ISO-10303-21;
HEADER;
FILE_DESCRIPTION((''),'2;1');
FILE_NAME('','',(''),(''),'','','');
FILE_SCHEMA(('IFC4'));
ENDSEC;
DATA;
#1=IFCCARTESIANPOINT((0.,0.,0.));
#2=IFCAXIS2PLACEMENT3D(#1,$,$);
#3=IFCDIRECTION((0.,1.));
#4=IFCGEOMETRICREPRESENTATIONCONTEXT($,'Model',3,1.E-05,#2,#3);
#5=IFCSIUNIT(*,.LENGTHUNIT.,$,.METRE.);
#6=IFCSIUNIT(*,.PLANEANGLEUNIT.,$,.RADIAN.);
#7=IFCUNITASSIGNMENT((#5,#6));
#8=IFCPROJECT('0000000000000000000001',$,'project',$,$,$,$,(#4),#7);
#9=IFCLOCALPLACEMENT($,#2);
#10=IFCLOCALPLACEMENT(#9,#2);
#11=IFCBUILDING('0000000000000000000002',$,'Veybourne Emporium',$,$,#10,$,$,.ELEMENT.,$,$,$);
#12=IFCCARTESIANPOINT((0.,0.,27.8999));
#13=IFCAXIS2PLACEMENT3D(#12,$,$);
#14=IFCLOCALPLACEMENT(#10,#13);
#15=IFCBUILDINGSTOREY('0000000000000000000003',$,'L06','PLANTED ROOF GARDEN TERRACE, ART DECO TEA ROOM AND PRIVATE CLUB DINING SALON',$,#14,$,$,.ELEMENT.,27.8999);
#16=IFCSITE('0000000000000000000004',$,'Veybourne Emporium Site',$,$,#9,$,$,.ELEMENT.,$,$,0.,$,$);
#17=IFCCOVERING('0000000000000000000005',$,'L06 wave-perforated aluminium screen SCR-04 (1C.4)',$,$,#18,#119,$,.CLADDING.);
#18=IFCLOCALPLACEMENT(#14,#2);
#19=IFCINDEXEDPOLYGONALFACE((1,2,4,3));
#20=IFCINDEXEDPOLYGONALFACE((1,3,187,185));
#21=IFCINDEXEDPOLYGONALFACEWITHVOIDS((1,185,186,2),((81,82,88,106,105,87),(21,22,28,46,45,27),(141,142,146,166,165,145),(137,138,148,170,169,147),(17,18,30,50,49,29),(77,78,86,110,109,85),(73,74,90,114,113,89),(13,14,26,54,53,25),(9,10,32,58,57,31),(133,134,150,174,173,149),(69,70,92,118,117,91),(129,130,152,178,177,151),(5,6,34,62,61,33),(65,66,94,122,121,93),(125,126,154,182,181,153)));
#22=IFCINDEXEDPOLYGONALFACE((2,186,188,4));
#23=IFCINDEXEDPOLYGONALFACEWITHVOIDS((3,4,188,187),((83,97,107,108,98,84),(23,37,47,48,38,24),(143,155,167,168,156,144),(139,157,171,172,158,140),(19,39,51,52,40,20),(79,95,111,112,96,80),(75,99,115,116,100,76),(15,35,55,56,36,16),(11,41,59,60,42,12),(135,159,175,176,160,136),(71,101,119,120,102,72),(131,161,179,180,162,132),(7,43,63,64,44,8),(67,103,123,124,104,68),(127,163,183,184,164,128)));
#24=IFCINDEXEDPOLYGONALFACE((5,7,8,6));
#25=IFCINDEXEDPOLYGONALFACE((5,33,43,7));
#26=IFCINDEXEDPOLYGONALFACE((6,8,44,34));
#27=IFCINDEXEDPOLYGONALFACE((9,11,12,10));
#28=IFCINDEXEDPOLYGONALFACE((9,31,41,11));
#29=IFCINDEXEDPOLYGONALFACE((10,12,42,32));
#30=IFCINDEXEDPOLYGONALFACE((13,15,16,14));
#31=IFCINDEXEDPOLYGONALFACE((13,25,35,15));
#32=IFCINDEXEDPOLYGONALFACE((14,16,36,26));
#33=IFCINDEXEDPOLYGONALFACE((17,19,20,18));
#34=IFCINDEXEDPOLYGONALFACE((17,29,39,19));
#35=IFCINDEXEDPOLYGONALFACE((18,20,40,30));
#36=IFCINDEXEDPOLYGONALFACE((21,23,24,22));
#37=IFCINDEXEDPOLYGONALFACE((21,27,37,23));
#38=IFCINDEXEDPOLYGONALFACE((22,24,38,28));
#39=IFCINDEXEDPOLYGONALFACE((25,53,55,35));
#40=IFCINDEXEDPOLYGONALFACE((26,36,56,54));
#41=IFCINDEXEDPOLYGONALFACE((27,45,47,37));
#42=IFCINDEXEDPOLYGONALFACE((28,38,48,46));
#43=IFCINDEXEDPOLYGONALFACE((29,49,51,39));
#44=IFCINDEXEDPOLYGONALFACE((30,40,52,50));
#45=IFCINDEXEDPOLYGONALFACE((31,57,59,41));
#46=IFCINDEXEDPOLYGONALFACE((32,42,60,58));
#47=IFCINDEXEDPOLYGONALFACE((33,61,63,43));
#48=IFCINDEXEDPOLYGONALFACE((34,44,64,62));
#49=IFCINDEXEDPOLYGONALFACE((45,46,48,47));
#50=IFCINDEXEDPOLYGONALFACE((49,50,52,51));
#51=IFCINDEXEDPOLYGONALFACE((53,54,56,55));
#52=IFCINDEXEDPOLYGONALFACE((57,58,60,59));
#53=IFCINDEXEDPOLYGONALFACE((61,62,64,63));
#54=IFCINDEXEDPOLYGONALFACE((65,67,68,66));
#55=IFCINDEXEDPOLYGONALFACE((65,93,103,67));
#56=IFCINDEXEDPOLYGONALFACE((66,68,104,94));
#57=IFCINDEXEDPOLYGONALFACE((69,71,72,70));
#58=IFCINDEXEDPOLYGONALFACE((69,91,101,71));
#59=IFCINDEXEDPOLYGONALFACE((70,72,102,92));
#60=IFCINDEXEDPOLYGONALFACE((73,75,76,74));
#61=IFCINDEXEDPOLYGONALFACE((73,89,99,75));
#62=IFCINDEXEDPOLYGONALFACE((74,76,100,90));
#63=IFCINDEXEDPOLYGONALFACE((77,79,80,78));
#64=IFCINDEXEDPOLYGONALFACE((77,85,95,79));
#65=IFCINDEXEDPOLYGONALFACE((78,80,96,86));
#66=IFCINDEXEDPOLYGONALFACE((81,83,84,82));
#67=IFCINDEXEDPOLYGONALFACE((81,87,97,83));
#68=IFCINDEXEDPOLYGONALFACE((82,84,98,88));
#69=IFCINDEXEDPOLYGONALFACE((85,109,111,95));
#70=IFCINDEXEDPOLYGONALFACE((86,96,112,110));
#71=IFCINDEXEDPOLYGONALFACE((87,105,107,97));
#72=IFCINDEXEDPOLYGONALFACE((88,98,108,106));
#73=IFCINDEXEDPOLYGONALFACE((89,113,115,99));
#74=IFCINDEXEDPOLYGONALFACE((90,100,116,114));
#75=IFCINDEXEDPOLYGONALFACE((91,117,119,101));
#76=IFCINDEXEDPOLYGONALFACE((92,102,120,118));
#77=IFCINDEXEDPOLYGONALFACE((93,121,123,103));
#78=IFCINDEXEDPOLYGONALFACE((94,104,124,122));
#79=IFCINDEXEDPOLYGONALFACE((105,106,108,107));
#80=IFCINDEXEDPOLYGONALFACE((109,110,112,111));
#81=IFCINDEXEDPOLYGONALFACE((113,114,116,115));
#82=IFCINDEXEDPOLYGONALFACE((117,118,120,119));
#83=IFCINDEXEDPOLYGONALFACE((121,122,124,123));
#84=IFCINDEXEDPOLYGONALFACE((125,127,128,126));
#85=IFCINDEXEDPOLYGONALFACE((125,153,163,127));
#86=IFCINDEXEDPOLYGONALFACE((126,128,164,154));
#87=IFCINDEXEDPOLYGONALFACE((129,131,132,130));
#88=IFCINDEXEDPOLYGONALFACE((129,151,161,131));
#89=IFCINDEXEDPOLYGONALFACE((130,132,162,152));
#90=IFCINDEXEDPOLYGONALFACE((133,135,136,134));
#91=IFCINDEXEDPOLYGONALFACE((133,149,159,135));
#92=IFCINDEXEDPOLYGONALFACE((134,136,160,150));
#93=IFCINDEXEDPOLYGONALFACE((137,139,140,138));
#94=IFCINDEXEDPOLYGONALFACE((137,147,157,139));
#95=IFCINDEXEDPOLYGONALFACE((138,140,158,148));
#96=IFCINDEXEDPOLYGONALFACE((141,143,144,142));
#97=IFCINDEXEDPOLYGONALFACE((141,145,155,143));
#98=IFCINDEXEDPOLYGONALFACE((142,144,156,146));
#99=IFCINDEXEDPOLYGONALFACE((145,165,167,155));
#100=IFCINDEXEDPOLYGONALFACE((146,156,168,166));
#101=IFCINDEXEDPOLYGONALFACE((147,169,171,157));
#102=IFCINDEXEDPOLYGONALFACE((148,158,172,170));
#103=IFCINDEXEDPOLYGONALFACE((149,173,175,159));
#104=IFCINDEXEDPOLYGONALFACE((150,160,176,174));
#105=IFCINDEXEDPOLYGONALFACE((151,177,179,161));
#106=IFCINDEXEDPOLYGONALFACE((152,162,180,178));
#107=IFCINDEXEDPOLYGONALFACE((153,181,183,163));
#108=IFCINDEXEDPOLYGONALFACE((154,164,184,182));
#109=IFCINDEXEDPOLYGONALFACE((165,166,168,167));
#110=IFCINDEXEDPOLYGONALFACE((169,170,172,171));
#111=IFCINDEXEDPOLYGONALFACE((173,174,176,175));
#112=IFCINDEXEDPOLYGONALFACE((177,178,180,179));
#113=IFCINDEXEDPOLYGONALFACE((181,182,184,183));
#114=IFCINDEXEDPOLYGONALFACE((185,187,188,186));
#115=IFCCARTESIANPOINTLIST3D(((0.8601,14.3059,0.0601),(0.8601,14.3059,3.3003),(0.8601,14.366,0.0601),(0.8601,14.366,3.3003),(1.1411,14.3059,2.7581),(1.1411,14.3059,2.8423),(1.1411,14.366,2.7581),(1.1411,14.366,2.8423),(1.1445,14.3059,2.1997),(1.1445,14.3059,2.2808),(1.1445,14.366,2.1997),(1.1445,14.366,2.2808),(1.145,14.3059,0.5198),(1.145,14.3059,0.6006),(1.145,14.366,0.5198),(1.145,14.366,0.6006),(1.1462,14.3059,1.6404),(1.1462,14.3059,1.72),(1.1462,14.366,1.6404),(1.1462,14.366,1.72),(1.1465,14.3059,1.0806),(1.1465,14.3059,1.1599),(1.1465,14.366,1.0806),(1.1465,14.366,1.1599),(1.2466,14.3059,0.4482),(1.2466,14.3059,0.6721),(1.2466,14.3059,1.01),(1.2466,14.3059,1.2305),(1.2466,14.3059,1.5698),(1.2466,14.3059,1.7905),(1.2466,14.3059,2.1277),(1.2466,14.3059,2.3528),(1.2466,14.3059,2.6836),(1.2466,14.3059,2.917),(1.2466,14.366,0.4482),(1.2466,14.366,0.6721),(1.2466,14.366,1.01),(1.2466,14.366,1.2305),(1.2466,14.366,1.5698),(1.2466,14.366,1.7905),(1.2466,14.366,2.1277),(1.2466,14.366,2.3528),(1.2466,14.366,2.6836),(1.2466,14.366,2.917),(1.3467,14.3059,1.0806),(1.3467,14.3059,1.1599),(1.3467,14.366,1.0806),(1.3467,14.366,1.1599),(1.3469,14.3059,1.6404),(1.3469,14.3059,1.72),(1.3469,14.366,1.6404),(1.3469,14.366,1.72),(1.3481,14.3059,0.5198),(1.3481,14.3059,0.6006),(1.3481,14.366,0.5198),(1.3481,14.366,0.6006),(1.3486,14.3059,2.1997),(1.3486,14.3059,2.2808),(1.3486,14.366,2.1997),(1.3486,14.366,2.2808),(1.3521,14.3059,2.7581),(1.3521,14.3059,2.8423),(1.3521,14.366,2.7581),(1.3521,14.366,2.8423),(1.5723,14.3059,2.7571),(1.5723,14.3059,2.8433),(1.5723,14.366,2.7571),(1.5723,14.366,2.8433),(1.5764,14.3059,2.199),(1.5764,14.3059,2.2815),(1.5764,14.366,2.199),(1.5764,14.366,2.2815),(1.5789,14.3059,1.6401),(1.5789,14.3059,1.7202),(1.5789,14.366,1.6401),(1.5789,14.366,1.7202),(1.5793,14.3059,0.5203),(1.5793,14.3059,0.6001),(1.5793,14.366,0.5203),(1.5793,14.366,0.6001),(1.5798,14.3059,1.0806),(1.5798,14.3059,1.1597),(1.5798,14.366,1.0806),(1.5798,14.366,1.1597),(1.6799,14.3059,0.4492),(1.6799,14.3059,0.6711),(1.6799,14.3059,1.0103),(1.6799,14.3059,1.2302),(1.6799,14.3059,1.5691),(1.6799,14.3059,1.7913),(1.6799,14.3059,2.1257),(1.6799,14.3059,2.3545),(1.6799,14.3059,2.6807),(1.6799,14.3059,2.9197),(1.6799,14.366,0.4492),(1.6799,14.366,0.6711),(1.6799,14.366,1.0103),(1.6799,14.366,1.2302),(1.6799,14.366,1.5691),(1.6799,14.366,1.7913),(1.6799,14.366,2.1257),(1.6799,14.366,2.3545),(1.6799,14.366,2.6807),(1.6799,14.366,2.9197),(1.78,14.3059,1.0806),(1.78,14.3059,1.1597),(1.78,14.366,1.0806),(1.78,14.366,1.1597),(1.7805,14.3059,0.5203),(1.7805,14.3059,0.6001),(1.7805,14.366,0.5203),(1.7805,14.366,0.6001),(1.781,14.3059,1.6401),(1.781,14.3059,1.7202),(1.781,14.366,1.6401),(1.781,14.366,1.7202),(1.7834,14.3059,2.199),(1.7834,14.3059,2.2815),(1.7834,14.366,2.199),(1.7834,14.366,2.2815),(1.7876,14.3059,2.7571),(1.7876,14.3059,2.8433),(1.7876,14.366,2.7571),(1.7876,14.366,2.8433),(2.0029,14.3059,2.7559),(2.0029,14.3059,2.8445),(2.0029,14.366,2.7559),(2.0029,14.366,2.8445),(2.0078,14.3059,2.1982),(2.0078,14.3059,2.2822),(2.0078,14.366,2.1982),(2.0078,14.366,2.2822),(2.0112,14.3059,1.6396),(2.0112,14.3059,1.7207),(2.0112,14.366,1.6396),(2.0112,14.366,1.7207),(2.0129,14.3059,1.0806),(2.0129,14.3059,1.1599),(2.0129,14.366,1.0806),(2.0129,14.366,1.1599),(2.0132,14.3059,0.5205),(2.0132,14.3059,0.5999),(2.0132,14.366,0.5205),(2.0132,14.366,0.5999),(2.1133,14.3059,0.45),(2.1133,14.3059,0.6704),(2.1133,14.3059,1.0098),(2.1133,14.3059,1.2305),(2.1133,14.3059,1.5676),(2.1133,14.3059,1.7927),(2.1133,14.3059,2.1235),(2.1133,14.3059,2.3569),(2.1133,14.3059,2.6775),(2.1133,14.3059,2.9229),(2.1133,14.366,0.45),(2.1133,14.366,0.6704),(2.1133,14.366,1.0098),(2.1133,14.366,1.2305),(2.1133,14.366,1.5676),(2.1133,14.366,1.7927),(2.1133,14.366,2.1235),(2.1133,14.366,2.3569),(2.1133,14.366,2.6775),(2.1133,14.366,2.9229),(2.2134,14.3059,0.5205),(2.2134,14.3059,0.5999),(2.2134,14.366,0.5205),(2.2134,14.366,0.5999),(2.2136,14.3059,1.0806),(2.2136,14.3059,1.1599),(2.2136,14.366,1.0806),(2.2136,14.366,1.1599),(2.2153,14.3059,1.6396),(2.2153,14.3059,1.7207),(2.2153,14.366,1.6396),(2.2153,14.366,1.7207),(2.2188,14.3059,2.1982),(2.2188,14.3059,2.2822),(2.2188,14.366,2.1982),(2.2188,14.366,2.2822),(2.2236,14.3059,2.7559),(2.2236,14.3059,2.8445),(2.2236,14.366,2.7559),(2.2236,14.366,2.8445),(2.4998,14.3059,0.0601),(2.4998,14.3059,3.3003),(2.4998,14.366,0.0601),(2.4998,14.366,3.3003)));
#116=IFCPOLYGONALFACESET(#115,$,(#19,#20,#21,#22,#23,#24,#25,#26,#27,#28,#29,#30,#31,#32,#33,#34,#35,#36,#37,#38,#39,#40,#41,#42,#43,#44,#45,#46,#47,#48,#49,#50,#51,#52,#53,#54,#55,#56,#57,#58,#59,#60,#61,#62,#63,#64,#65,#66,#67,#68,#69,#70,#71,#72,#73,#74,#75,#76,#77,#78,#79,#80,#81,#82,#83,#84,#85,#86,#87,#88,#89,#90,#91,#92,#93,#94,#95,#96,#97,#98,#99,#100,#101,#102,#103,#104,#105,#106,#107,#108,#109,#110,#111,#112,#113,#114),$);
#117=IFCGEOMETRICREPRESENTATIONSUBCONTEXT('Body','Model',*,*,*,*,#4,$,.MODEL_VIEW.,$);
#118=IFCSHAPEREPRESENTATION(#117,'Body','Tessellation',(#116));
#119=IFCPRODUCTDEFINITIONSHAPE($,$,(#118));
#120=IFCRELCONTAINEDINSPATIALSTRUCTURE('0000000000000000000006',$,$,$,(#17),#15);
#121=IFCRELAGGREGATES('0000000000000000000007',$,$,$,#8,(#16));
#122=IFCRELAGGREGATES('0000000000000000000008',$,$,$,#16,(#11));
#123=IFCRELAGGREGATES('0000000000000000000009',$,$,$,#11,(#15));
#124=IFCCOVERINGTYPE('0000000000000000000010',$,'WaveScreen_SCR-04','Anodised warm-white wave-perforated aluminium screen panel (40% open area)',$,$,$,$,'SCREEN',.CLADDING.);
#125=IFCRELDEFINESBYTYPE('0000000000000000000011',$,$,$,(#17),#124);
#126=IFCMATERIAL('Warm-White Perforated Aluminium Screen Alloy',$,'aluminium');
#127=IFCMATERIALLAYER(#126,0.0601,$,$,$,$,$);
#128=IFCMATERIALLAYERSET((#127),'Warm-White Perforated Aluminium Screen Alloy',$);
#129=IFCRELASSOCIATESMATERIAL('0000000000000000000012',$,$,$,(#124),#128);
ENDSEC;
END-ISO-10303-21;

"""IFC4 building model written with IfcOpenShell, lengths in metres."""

from ifc_helpers import new_model, si_unit, direction, frame, origin, place, context, subcontext, project, spatial, polyline, outline, extrude, material, layer, layer_set, type_object, element, save


model = new_model("IFC4")

# Units and contexts
model_context = context("Model", 3, precision=1e-05, world=origin(), true_north=direction((0.0, 1.0)))
body_context = subcontext(model_context, "Body", "Model", "MODEL_VIEW")
ifc_project = project(units=[si_unit("LENGTHUNIT", "METRE"), si_unit("PLANEANGLEUNIT", "RADIAN")], contexts=[model_context])

# Site, building, storey
site_placement = place(None, origin())
site = spatial("IfcSite", under=ifc_project, at=site_placement, Name="Veybourne Emporium Site", CompositionType="ELEMENT", RefElevation=0.0)
building_placement = place(site_placement, origin())
building = spatial("IfcBuilding", under=site, at=building_placement, Name="Veybourne Emporium", CompositionType="ELEMENT")
storey_placement = place(building_placement, frame((0.0, 0.0, 27.8999)))
storey = spatial("IfcBuildingStorey", under=building, at=storey_placement, Name="L06", Description="PLANTED ROOF GARDEN TERRACE, ART DECO TEA ROOM AND PRIVATE CLUB DINING SALON", CompositionType="ELEMENT", Elevation=27.8999)

# Covering
ifc_material_1 = material(Name="Warm-White Perforated Aluminium Screen Alloy", Category="aluminium")
ifc_layer_1 = layer(ifc_material_1, 0.0601)
ifc_layer_set_1 = layer_set([ifc_layer_1], Name="Warm-White Perforated Aluminium Screen Alloy")
covering_type_1 = type_object("IfcCoveringType", Name="WaveScreen_SCR-04", Description="Anodised warm-white wave-perforated aluminium screen panel (40% open area)", ElementType="SCREEN", PredefinedType="CLADDING", material=ifc_layer_set_1)
covering_1_placement = place(storey_placement, frame((1.6799, 14.3059, 1.6802), z_axis=(0.0, 1.0, 0.0), x_axis=(-1.0, 0.0, 0.0)))
element("IfcCovering", 1, at=covering_1_placement, inside=storey, type_object=covering_type_1, Name="L06 wave-perforated aluminium screen SCR-04 (1C.4)", PredefinedType="CLADDING", context=body_context, shape_type="SweptSolid", body=[
    extrude(outline(polyline([(-0.8198, -1.6201), (0.8198, -1.6201), (0.8198, 1.6201), (-0.8198, 1.6201), (-0.8198, -1.6201)]), holes=[polyline([(-0.4333, -1.0098), (-0.3333, -1.0803), (-0.3333, -1.1597), (-0.4333, -1.2302), (-0.5334, -1.1597), (-0.5334, -1.0803), (-0.4333, -1.0098)]), polyline([(-0.4333, -0.4497), (-0.333, -0.5203), (-0.333, -0.5996), (-0.4333, -0.6704), (-0.5337, -0.5996), (-0.5337, -0.5203), (-0.4333, -0.4497)]), polyline([(-0.4333, 0.1125), (-0.3313, 0.0405), (-0.3313, -0.0405), (-0.4333, -0.1125), (-0.5354, -0.0405), (-0.5354, 0.0405), (-0.4333, 0.1125)]), polyline([(-0.4333, 0.6768), (-0.3279, 0.6021), (-0.3279, 0.5181), (-0.4333, 0.4434), (-0.5388, 0.5181), (-0.5388, 0.6021), (-0.4333, 0.6768)]), polyline([(-0.4333, 1.2427), (-0.323, 1.1643), (-0.323, 1.0757), (-0.4333, 0.9973), (-0.5437, 1.0757), (-0.5437, 1.1643), (-0.4333, 1.2427)]), polyline([(0.0, -1.009), (0.1006, -1.0801), (0.1006, -1.1599), (0.0, -1.231), (-0.1006, -1.1599), (-0.1006, -1.0801), (0.0, -1.009)]), polyline([(0.0, -0.45), (0.1001, -0.5205), (0.1001, -0.5996), (0.0, -0.6699), (-0.1001, -0.5996), (-0.1001, -0.5205), (0.0, -0.45)]), polyline([(0.0, 0.1111), (0.1011, 0.04), (0.1011, -0.04), (0.0, -0.1111), (-0.1011, -0.04), (-0.1011, 0.04), (0.0, 0.1111)]), polyline([(0.0, 0.6743), (0.1035, 0.6013), (0.1035, 0.5188), (0.0, 0.4456), (-0.1035, 0.5188), (-0.1035, 0.6013), (0.0, 0.6743)]), polyline([(0.0, 1.2395), (0.1077, 1.1631), (0.1077, 1.0769), (0.0, 1.0005), (-0.1077, 1.0769), (-0.1077, 1.1631), (0.0, 1.2395)]), polyline([(0.4333, -1.0081), (0.5349, -1.0796), (0.5349, -1.1604), (0.4333, -1.2319), (0.3318, -1.1604), (0.3318, -1.0796), (0.4333, -1.0081)]), polyline([(0.4333, -0.4497), (0.5334, -0.5203), (0.5334, -0.5996), (0.4333, -0.6702), (0.3333, -0.5996), (0.3333, -0.5203), (0.4333, -0.4497)]), polyline([(0.4333, 0.1104), (0.5337, 0.0398), (0.5337, -0.0398), (0.4333, -0.1104), (0.333, -0.0398), (0.333, 0.0398), (0.4333, 0.1104)]), polyline([(0.4333, 0.6726), (0.5354, 0.6006), (0.5354, 0.5195), (0.4333, 0.4475), (0.3313, 0.5195), (0.3313, 0.6006), (0.4333, 0.6726)]), polyline([(0.4333, 1.2368), (0.5388, 1.1621), (0.5388, 1.0779), (0.4333, 1.0034), (0.3279, 1.0779), (0.3279, 1.1621), (0.4333, 1.2368)])]), origin(), (0.0, 0.0, 1.0), 0.0601),
])

save(model, "model.ifc")
